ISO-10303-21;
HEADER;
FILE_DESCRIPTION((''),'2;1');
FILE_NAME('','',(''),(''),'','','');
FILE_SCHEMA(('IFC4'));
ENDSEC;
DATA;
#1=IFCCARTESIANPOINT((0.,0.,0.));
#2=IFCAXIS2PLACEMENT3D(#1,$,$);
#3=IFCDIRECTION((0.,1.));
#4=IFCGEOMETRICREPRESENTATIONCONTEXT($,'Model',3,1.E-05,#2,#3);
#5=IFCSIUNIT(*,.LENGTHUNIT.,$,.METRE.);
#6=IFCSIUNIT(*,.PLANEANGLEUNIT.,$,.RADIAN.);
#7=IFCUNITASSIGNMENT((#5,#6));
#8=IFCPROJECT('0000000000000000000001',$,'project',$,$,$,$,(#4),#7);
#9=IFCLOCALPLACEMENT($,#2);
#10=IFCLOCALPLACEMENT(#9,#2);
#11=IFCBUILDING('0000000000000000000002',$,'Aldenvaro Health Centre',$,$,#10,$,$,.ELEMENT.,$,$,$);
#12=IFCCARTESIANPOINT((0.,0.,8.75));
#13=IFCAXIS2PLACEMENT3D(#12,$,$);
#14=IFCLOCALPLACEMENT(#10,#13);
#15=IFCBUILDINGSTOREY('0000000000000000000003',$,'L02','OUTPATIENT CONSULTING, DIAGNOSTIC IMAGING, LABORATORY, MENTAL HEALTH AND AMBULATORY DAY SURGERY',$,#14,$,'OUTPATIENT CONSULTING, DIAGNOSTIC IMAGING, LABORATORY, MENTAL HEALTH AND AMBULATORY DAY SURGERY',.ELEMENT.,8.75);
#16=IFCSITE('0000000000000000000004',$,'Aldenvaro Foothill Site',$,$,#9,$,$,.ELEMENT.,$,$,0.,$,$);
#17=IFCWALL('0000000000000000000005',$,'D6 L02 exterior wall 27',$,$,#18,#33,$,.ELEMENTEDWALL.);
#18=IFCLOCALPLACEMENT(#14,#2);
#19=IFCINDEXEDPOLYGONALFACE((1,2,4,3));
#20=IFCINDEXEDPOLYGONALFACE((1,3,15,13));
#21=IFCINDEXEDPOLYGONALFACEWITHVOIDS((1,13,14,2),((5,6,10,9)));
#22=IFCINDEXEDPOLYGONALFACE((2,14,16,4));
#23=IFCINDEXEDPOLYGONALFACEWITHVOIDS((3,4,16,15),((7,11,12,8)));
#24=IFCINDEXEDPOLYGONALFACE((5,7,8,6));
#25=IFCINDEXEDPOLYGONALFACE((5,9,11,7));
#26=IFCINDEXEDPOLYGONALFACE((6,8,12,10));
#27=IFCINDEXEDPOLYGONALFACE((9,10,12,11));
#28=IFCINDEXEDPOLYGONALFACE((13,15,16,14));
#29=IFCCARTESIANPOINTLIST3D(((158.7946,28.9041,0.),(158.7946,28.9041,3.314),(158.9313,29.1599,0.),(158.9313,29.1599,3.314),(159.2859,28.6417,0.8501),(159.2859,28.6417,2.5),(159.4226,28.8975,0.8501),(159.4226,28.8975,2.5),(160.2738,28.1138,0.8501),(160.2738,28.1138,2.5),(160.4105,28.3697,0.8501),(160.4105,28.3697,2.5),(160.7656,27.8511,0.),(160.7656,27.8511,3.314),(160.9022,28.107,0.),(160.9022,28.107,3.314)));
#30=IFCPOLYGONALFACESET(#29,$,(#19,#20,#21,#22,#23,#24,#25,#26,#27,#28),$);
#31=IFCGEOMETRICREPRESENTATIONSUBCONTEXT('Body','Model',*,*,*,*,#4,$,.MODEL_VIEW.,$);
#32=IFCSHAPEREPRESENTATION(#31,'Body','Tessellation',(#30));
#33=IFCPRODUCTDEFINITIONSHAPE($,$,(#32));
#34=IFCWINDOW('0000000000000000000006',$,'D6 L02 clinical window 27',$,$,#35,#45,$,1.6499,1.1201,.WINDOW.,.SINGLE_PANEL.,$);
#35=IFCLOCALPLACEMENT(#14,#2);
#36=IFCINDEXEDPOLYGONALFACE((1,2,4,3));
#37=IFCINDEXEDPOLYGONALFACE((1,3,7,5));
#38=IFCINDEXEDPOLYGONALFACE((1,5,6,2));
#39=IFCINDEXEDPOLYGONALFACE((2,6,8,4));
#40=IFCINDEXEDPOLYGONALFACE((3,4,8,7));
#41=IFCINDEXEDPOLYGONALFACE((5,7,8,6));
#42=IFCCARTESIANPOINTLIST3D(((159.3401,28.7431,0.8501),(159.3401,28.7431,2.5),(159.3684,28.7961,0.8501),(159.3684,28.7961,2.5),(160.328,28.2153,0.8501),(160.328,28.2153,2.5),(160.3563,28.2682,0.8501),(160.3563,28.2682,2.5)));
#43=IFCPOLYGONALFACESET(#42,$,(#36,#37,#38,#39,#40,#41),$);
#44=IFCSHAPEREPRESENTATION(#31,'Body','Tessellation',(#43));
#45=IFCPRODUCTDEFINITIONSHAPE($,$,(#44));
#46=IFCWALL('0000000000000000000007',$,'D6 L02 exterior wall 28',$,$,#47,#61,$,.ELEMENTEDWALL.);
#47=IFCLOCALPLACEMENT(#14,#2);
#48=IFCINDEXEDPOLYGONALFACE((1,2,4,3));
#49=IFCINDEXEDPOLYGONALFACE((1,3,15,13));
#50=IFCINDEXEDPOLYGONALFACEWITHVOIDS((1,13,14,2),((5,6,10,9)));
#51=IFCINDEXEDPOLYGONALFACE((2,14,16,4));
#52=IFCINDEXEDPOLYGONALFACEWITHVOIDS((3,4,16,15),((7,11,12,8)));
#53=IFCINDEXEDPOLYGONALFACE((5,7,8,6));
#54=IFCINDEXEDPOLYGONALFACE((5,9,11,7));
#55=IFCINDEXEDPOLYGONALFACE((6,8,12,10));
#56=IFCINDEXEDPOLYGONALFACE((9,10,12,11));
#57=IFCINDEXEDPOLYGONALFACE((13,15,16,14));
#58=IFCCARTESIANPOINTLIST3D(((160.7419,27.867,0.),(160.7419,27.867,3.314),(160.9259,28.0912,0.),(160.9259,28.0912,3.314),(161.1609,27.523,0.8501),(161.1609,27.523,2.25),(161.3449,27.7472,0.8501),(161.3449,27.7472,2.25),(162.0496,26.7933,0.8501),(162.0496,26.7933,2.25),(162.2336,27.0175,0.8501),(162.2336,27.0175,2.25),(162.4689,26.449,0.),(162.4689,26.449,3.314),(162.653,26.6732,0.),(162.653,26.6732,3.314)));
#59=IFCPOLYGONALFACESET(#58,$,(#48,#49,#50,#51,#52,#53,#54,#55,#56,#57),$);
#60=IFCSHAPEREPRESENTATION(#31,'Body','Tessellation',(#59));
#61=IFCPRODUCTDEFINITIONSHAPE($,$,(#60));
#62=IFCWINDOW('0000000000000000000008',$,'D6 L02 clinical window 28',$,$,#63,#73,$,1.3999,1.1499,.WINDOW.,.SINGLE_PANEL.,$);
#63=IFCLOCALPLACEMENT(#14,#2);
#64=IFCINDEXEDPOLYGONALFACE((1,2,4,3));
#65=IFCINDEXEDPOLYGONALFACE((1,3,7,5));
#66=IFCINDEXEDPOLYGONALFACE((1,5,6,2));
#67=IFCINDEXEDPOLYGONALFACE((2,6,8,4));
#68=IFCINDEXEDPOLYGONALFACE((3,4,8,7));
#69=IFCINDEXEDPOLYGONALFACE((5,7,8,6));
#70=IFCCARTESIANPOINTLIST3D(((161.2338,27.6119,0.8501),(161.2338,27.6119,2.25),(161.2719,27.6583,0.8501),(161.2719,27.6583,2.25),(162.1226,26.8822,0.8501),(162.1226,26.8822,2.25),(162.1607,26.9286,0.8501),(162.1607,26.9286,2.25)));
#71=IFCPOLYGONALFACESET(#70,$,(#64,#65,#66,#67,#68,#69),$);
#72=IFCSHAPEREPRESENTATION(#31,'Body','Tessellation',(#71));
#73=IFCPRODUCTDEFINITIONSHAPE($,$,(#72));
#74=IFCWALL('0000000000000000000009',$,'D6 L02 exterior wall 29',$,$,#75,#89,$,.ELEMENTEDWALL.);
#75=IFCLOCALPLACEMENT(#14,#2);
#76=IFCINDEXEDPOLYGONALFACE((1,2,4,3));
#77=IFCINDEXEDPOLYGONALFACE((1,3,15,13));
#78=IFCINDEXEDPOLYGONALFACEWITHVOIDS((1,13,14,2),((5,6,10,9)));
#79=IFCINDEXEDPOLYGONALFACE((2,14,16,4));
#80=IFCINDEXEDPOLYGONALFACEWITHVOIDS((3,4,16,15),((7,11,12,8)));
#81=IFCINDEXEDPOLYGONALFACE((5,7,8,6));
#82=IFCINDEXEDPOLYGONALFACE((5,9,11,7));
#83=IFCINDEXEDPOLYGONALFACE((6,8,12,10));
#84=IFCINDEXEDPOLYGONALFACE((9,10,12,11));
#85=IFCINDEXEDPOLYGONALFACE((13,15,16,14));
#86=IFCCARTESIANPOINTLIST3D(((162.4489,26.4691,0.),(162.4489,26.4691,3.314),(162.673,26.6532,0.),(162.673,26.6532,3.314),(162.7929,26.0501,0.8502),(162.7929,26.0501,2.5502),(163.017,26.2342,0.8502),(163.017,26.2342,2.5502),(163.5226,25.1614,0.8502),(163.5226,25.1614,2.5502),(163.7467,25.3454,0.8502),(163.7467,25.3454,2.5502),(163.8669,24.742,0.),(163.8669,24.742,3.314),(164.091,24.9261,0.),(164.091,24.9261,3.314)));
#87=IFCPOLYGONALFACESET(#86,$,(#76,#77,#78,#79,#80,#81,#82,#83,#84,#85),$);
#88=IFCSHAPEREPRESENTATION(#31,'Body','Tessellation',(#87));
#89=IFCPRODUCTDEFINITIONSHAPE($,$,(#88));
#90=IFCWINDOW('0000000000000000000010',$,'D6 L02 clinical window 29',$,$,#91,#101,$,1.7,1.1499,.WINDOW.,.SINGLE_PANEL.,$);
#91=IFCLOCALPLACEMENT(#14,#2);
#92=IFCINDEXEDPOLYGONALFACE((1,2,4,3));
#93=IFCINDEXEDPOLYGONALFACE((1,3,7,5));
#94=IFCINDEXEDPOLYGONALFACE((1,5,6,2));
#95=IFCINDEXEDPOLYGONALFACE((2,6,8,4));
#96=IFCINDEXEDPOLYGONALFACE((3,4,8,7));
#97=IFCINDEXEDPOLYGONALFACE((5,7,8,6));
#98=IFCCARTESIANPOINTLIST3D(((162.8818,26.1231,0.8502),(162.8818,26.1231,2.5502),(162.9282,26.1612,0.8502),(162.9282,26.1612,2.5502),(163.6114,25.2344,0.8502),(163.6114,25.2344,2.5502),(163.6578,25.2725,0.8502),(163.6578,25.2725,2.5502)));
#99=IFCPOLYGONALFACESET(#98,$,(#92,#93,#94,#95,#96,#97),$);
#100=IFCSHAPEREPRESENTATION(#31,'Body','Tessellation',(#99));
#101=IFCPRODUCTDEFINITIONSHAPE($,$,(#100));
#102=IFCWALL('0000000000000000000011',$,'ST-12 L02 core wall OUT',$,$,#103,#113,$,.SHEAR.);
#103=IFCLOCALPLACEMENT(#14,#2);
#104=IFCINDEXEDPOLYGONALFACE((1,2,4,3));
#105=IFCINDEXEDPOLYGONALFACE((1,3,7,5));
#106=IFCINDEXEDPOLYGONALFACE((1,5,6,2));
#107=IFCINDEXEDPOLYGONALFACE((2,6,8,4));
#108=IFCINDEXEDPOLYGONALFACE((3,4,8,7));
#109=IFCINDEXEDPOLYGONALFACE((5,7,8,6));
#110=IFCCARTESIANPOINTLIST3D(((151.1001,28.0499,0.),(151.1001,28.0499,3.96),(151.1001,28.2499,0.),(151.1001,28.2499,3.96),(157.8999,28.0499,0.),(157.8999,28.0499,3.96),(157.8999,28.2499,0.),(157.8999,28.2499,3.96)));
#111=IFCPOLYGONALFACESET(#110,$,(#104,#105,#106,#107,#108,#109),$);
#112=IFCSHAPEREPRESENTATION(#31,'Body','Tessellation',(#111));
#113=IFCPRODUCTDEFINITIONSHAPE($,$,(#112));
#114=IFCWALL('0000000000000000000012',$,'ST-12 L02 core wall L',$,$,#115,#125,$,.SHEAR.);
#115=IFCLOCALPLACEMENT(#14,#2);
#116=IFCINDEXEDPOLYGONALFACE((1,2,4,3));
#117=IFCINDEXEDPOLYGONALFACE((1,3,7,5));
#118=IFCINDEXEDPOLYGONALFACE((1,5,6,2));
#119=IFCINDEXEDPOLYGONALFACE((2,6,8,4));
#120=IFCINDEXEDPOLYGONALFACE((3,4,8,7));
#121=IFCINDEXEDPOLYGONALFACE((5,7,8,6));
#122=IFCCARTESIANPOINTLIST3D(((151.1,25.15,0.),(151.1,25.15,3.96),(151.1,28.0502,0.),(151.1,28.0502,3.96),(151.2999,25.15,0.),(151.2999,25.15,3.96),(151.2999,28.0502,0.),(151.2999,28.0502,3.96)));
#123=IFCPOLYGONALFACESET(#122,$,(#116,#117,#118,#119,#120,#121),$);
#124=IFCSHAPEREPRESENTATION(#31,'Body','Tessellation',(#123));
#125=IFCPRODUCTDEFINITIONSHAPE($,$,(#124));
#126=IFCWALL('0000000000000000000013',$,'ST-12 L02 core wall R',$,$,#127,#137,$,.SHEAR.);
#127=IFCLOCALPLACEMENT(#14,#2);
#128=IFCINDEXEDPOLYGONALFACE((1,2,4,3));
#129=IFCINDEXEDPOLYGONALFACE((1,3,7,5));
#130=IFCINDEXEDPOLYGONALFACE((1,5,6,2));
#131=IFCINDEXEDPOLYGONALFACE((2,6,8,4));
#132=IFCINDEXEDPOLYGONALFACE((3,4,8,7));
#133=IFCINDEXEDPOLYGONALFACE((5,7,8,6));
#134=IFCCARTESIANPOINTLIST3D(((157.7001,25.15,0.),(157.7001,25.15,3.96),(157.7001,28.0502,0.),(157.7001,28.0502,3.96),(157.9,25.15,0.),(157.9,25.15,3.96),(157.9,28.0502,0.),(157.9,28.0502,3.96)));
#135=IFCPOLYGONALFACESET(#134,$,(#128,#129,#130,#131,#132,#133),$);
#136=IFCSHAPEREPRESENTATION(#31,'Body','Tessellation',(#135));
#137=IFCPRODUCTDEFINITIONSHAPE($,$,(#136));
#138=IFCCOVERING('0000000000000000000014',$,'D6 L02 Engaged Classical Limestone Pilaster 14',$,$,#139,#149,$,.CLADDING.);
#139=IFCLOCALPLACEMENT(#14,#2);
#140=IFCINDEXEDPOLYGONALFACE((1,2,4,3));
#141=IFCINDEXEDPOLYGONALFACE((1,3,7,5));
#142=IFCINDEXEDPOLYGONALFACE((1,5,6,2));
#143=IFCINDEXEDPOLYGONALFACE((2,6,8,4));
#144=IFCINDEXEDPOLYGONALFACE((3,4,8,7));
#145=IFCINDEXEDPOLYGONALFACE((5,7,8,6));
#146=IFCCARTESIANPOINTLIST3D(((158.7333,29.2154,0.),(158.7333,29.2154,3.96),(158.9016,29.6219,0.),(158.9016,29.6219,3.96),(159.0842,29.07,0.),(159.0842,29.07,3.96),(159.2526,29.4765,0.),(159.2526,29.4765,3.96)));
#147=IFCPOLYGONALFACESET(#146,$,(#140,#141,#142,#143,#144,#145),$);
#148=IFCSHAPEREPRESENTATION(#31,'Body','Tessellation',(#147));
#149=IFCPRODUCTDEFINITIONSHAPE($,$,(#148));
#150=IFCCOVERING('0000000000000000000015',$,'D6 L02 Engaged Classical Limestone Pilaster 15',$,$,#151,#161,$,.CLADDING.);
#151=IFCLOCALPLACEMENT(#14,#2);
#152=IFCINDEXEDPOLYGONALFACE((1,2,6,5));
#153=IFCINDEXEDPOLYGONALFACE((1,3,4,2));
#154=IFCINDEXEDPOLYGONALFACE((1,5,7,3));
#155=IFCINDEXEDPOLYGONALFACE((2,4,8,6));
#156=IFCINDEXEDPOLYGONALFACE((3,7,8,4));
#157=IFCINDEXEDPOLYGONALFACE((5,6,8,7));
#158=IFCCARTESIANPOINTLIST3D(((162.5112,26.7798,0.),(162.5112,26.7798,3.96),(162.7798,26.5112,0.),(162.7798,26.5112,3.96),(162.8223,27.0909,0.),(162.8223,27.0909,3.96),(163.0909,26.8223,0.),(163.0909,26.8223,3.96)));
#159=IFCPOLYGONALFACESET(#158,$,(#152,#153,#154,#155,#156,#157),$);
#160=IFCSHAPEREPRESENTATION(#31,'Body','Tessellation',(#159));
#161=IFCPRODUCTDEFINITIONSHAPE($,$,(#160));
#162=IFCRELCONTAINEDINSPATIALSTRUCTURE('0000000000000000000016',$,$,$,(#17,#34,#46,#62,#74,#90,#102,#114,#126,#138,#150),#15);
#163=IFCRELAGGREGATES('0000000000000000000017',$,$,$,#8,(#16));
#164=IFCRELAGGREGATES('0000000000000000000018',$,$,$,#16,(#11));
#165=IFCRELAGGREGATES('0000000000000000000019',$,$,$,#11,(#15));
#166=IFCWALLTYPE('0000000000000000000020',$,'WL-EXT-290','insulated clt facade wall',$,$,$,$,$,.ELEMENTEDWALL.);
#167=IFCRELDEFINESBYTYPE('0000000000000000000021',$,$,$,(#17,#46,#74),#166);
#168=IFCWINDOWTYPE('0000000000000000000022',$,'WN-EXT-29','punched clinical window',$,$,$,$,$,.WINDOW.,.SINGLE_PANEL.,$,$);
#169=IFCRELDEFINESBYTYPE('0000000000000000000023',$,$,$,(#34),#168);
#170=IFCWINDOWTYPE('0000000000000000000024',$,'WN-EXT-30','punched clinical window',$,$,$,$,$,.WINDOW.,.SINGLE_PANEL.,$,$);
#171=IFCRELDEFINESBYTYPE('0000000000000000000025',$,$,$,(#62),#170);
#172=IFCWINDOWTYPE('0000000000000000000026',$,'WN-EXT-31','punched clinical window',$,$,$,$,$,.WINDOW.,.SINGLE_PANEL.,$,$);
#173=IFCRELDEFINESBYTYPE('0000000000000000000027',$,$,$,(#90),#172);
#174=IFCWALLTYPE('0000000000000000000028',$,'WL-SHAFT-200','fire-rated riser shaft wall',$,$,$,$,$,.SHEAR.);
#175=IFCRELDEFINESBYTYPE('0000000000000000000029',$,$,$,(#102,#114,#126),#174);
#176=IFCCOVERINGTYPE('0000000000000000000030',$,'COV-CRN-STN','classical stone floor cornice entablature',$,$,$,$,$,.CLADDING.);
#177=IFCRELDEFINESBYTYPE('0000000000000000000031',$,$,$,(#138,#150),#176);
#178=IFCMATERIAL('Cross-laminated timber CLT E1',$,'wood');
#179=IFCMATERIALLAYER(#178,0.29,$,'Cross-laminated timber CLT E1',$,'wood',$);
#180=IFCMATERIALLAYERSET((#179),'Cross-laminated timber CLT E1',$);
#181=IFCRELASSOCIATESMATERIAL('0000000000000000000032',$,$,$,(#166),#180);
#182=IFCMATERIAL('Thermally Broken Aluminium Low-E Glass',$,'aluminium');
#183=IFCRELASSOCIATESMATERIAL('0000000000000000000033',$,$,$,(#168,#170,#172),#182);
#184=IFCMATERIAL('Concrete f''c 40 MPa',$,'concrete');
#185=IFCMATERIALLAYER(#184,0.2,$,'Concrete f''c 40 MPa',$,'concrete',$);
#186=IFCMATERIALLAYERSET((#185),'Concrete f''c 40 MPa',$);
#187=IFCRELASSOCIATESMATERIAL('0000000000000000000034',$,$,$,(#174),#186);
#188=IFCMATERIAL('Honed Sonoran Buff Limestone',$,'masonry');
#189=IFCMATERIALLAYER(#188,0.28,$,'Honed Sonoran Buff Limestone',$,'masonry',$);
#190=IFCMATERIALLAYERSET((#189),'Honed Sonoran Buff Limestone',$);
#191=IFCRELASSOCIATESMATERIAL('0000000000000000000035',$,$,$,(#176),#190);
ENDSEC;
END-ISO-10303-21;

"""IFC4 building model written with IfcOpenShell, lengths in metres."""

from ifc_helpers import new_model, si_unit, direction, frame, frame_2d, origin, origin_2d, place, context, subcontext, project, spatial, rectangle, extrude, material, layer, layer_set, type_object, element, fill, save


model = new_model("IFC4")

# Units and contexts
model_context = context("Model", 3, precision=1e-05, world=origin(), true_north=direction((0.0, 1.0)))
body_context = subcontext(model_context, "Body", "Model", "MODEL_VIEW")
ifc_project = project(units=[si_unit("LENGTHUNIT", "METRE"), si_unit("PLANEANGLEUNIT", "RADIAN")], contexts=[model_context])

# Site, building, storey
site_placement = place(None, origin())
site = spatial("IfcSite", under=ifc_project, at=site_placement, Name="Aldenvaro Foothill Site", CompositionType="ELEMENT", RefElevation=0.0)
building_placement = place(site_placement, origin())
building = spatial("IfcBuilding", under=site, at=building_placement, Name="Aldenvaro Health Centre", CompositionType="ELEMENT")
storey_placement = place(building_placement, frame((0.0, 0.0, 8.75)))
storey = spatial("IfcBuildingStorey", under=building, at=storey_placement, Name="L02", Description="OUTPATIENT CONSULTING, DIAGNOSTIC IMAGING, LABORATORY, MENTAL HEALTH AND AMBULATORY DAY SURGERY", LongName="OUTPATIENT CONSULTING, DIAGNOSTIC IMAGING, LABORATORY, MENTAL HEALTH AND AMBULATORY DAY SURGERY", CompositionType="ELEMENT", Elevation=8.75)

# Walls, openings, windows
ifc_material_1 = material(Name="Cross-laminated timber CLT E1", Category="wood")
ifc_layer_1 = layer(ifc_material_1, 0.29, Name="Cross-laminated timber CLT E1", Category="wood")
ifc_layer_set_1 = layer_set([ifc_layer_1], Name="Cross-laminated timber CLT E1")
wall_type_1 = type_object("IfcWallType", Name="WL-EXT-290", Description="insulated clt facade wall", PredefinedType="ELEMENTEDWALL", material=ifc_layer_set_1)
wall_1_placement = place(storey_placement, frame((158.863, 29.032, 0.0), z_axis=(0.0, 0.0, 1.0), x_axis=(0.882017, -0.471218, 0.0)))
wall_1 = element("IfcWall", 1, at=wall_1_placement, inside=storey, type_object=wall_type_1, Name="D6 L02 exterior wall 27", PredefinedType="ELEMENTEDWALL", context=body_context, shape_type="SweptSolid", body=[
    extrude(rectangle(XDim=2.2346, YDim=0.29, at=frame_2d((1.1172, 0.0))), origin(), (0.0, 0.0, 1.0), 3.314),
])
opening_1_placement = place(wall_1_placement, frame((0.5569, 0.0, 0.8501)))
opening_1 = element("IfcOpeningElement", 2, at=opening_1_placement, cuts=wall_1, PredefinedType="OPENING", context=body_context, shape_type="SweptSolid", body=[
    extrude(rectangle(XDim=1.1201, YDim=1.6499, at=frame_2d((0.5601, 0.825))), frame((0.0, 0.155, 0.0), z_axis=(0.0, -1.0, 0.0), x_axis=(1.0, 0.0, 0.0)), (0.0, 0.0, 1.0), 0.3101),
])
ifc_material_2 = material(Name="Thermally Broken Aluminium Low-E Glass", Category="aluminium")
window_type_1 = type_object("IfcWindowType", Name="WN-EXT-29", Description="punched clinical window", PartitioningType="SINGLE_PANEL", PredefinedType="WINDOW", material=ifc_material_2)
window_1_placement = place(opening_1_placement, origin())
window_1 = element("IfcWindow", 3, at=window_1_placement, inside=storey, type_object=window_type_1, Name="D6 L02 clinical window 27", OverallHeight=1.6499, OverallWidth=1.1201, PartitioningType="SINGLE_PANEL", PredefinedType="WINDOW", context=body_context, shape_type="SweptSolid", body=[
    extrude(rectangle(XDim=1.1201, YDim=1.6499, at=frame_2d((0.5601, 0.825))), frame((0.0, 0.03, 0.0), z_axis=(0.0, -1.0, 0.0), x_axis=(1.0, 0.0, 0.0)), (0.0, 0.0, 1.0), 0.0601),
])
fill(opening_1, window_1)
wall_2_placement = place(storey_placement, frame((160.834, 27.979, 0.0), z_axis=(0.0, 0.0, 1.0), x_axis=(0.772876, -0.634558, 0.0)))
wall_2 = element("IfcWall", 4, at=wall_2_placement, inside=storey, type_object=wall_type_1, Name="D6 L02 exterior wall 28", PredefinedType="ELEMENTEDWALL", context=body_context, shape_type="SweptSolid", body=[
    extrude(rectangle(XDim=2.2346, YDim=0.29, at=frame_2d((1.1172, 0.0))), origin(), (0.0, 0.0, 1.0), 3.314),
])
opening_2_placement = place(wall_2_placement, frame((0.542, 0.0, 0.8501)))
opening_2 = element("IfcOpeningElement", 5, at=opening_2_placement, cuts=wall_2, PredefinedType="OPENING", context=body_context, shape_type="SweptSolid", body=[
    extrude(rectangle(XDim=1.1499, YDim=1.3999, at=frame_2d((0.575, 0.7))), frame((0.0, 0.155, 0.0), z_axis=(0.0, -1.0, 0.0), x_axis=(1.0, 0.0, 0.0)), (0.0, 0.0, 1.0), 0.3101),
])
window_type_2 = type_object("IfcWindowType", Name="WN-EXT-30", Description="punched clinical window", PartitioningType="SINGLE_PANEL", PredefinedType="WINDOW", material=ifc_material_2)
window_2_placement = place(opening_2_placement, origin())
window_2 = element("IfcWindow", 6, at=window_2_placement, inside=storey, type_object=window_type_2, Name="D6 L02 clinical window 28", OverallHeight=1.3999, OverallWidth=1.1499, PartitioningType="SINGLE_PANEL", PredefinedType="WINDOW", context=body_context, shape_type="SweptSolid", body=[
    extrude(rectangle(XDim=1.1499, YDim=1.3999, at=frame_2d((0.575, 0.7))), frame((0.0, 0.03, 0.0), z_axis=(0.0, -1.0, 0.0), x_axis=(1.0, 0.0, 0.0)), (0.0, 0.0, 1.0), 0.0601),
])
fill(opening_2, window_2)
wall_3_placement = place(storey_placement, frame((162.561, 26.561, 0.0), z_axis=(0.0, 0.0, 1.0), x_axis=(0.634558, -0.772876, 0.0)))
wall_3 = element("IfcWall", 7, at=wall_3_placement, inside=storey, type_object=wall_type_1, Name="D6 L02 exterior wall 29", PredefinedType="ELEMENTEDWALL", context=body_context, shape_type="SweptSolid", body=[
    extrude(rectangle(XDim=2.2346, YDim=0.29, at=frame_2d((1.1172, 0.0))), origin(), (0.0, 0.0, 1.0), 3.314),
])
opening_3_placement = place(wall_3_placement, frame((0.542, 0.0, 0.8501)))
opening_3 = element("IfcOpeningElement", 8, at=opening_3_placement, cuts=wall_3, PredefinedType="OPENING", context=body_context, shape_type="SweptSolid", body=[
    extrude(rectangle(XDim=1.1499, YDim=1.7, at=frame_2d((0.575, 0.8501))), frame((0.0, 0.155, 0.0), z_axis=(0.0, -1.0, 0.0), x_axis=(1.0, 0.0, 0.0)), (0.0, 0.0, 1.0), 0.3101),
])
window_type_3 = type_object("IfcWindowType", Name="WN-EXT-31", Description="punched clinical window", PartitioningType="SINGLE_PANEL", PredefinedType="WINDOW", material=ifc_material_2)
window_3_placement = place(opening_3_placement, origin())
window_3 = element("IfcWindow", 9, at=window_3_placement, inside=storey, type_object=window_type_3, Name="D6 L02 clinical window 29", OverallHeight=1.7, OverallWidth=1.1499, PartitioningType="SINGLE_PANEL", PredefinedType="WINDOW", context=body_context, shape_type="SweptSolid", body=[
    extrude(rectangle(XDim=1.1499, YDim=1.7, at=frame_2d((0.575, 0.8501))), frame((0.0, 0.03, 0.0), z_axis=(0.0, -1.0, 0.0), x_axis=(1.0, 0.0, 0.0)), (0.0, 0.0, 1.0), 0.0601),
])
fill(opening_3, window_3)

# Walls
ifc_material_3 = material(Name="Concrete f'c 40 MPa", Category="concrete")
ifc_layer_2 = layer(ifc_material_3, 0.2, Name="Concrete f'c 40 MPa", Category="concrete")
ifc_layer_set_2 = layer_set([ifc_layer_2], Name="Concrete f'c 40 MPa")
wall_type_2 = type_object("IfcWallType", Name="WL-SHAFT-200", Description="fire-rated riser shaft wall", PredefinedType="SHEAR", material=ifc_layer_set_2)
wall_4_placement = place(storey_placement, frame((151.1001, 28.1499, 0.0), z_axis=(0.0, 0.0, 1.0), x_axis=(1.0, 0.0, 0.0)))
element("IfcWall", 10, at=wall_4_placement, inside=storey, type_object=wall_type_2, Name="ST-12 L02 core wall OUT", PredefinedType="SHEAR", context=body_context, shape_type="SweptSolid", body=[
    extrude(rectangle(XDim=6.7998, YDim=0.2, at=frame_2d((3.3999, 0.0))), origin(), (0.0, 0.0, 1.0), 3.96),
])
for number, where, z_axis, x_axis, name in (
    (11, (151.2, 25.1499, 0.0), (0.0, 0.0, 1.0), (0.0, 1.0, 0.0), "ST-12 L02 core wall L"),
    (12, (157.8, 25.1499, 0.0), (0.0, 0.0, 1.0), (0.0, 1.0, 0.0), "ST-12 L02 core wall R"),
):
    element("IfcWall", number, at=place(storey_placement, frame(where, z_axis=z_axis, x_axis=x_axis)), inside=storey, type_object=wall_type_2, Name=name, PredefinedType="SHEAR", context=body_context, shape_type="SweptSolid", body=[
        extrude(rectangle(XDim=2.9001, YDim=0.2, at=frame_2d((1.4502, 0.0))), origin(), (0.0, 0.0, 1.0), 3.96),
    ])

# Coverings
ifc_material_4 = material(Name="Honed Sonoran Buff Limestone", Category="masonry")
ifc_layer_3 = layer(ifc_material_4, 0.28, Name="Honed Sonoran Buff Limestone", Category="masonry")
ifc_layer_set_3 = layer_set([ifc_layer_3], Name="Honed Sonoran Buff Limestone")
covering_type = type_object("IfcCoveringType", Name="COV-CRN-STN", Description="classical stone floor cornice entablature", PredefinedType="CLADDING", material=ifc_layer_set_3)
for number, where, z_axis, x_axis, name in (
    (13, (158.9929, 29.3459, 0.0), (0.0, 0.0, 1.0), (0.382721, 0.923864, 0.0), "D6 L02 Engaged Classical Limestone Pilaster 14"),
    (14, (162.801, 26.801, 0.0), (0.0, 0.0, 1.0), (0.707107, 0.707107, 0.0), "D6 L02 Engaged Classical Limestone Pilaster 15"),
):
    element("IfcCovering", number, at=place(storey_placement, frame(where, z_axis=z_axis, x_axis=x_axis)), inside=storey, type_object=covering_type, Name=name, PredefinedType="CLADDING", context=body_context, shape_type="SweptSolid", body=[
        extrude(rectangle(XDim=0.4399, YDim=0.3799, at=origin_2d()), origin(), (0.0, 0.0, 1.0), 3.96),
    ])

save(model, "model.ifc")
